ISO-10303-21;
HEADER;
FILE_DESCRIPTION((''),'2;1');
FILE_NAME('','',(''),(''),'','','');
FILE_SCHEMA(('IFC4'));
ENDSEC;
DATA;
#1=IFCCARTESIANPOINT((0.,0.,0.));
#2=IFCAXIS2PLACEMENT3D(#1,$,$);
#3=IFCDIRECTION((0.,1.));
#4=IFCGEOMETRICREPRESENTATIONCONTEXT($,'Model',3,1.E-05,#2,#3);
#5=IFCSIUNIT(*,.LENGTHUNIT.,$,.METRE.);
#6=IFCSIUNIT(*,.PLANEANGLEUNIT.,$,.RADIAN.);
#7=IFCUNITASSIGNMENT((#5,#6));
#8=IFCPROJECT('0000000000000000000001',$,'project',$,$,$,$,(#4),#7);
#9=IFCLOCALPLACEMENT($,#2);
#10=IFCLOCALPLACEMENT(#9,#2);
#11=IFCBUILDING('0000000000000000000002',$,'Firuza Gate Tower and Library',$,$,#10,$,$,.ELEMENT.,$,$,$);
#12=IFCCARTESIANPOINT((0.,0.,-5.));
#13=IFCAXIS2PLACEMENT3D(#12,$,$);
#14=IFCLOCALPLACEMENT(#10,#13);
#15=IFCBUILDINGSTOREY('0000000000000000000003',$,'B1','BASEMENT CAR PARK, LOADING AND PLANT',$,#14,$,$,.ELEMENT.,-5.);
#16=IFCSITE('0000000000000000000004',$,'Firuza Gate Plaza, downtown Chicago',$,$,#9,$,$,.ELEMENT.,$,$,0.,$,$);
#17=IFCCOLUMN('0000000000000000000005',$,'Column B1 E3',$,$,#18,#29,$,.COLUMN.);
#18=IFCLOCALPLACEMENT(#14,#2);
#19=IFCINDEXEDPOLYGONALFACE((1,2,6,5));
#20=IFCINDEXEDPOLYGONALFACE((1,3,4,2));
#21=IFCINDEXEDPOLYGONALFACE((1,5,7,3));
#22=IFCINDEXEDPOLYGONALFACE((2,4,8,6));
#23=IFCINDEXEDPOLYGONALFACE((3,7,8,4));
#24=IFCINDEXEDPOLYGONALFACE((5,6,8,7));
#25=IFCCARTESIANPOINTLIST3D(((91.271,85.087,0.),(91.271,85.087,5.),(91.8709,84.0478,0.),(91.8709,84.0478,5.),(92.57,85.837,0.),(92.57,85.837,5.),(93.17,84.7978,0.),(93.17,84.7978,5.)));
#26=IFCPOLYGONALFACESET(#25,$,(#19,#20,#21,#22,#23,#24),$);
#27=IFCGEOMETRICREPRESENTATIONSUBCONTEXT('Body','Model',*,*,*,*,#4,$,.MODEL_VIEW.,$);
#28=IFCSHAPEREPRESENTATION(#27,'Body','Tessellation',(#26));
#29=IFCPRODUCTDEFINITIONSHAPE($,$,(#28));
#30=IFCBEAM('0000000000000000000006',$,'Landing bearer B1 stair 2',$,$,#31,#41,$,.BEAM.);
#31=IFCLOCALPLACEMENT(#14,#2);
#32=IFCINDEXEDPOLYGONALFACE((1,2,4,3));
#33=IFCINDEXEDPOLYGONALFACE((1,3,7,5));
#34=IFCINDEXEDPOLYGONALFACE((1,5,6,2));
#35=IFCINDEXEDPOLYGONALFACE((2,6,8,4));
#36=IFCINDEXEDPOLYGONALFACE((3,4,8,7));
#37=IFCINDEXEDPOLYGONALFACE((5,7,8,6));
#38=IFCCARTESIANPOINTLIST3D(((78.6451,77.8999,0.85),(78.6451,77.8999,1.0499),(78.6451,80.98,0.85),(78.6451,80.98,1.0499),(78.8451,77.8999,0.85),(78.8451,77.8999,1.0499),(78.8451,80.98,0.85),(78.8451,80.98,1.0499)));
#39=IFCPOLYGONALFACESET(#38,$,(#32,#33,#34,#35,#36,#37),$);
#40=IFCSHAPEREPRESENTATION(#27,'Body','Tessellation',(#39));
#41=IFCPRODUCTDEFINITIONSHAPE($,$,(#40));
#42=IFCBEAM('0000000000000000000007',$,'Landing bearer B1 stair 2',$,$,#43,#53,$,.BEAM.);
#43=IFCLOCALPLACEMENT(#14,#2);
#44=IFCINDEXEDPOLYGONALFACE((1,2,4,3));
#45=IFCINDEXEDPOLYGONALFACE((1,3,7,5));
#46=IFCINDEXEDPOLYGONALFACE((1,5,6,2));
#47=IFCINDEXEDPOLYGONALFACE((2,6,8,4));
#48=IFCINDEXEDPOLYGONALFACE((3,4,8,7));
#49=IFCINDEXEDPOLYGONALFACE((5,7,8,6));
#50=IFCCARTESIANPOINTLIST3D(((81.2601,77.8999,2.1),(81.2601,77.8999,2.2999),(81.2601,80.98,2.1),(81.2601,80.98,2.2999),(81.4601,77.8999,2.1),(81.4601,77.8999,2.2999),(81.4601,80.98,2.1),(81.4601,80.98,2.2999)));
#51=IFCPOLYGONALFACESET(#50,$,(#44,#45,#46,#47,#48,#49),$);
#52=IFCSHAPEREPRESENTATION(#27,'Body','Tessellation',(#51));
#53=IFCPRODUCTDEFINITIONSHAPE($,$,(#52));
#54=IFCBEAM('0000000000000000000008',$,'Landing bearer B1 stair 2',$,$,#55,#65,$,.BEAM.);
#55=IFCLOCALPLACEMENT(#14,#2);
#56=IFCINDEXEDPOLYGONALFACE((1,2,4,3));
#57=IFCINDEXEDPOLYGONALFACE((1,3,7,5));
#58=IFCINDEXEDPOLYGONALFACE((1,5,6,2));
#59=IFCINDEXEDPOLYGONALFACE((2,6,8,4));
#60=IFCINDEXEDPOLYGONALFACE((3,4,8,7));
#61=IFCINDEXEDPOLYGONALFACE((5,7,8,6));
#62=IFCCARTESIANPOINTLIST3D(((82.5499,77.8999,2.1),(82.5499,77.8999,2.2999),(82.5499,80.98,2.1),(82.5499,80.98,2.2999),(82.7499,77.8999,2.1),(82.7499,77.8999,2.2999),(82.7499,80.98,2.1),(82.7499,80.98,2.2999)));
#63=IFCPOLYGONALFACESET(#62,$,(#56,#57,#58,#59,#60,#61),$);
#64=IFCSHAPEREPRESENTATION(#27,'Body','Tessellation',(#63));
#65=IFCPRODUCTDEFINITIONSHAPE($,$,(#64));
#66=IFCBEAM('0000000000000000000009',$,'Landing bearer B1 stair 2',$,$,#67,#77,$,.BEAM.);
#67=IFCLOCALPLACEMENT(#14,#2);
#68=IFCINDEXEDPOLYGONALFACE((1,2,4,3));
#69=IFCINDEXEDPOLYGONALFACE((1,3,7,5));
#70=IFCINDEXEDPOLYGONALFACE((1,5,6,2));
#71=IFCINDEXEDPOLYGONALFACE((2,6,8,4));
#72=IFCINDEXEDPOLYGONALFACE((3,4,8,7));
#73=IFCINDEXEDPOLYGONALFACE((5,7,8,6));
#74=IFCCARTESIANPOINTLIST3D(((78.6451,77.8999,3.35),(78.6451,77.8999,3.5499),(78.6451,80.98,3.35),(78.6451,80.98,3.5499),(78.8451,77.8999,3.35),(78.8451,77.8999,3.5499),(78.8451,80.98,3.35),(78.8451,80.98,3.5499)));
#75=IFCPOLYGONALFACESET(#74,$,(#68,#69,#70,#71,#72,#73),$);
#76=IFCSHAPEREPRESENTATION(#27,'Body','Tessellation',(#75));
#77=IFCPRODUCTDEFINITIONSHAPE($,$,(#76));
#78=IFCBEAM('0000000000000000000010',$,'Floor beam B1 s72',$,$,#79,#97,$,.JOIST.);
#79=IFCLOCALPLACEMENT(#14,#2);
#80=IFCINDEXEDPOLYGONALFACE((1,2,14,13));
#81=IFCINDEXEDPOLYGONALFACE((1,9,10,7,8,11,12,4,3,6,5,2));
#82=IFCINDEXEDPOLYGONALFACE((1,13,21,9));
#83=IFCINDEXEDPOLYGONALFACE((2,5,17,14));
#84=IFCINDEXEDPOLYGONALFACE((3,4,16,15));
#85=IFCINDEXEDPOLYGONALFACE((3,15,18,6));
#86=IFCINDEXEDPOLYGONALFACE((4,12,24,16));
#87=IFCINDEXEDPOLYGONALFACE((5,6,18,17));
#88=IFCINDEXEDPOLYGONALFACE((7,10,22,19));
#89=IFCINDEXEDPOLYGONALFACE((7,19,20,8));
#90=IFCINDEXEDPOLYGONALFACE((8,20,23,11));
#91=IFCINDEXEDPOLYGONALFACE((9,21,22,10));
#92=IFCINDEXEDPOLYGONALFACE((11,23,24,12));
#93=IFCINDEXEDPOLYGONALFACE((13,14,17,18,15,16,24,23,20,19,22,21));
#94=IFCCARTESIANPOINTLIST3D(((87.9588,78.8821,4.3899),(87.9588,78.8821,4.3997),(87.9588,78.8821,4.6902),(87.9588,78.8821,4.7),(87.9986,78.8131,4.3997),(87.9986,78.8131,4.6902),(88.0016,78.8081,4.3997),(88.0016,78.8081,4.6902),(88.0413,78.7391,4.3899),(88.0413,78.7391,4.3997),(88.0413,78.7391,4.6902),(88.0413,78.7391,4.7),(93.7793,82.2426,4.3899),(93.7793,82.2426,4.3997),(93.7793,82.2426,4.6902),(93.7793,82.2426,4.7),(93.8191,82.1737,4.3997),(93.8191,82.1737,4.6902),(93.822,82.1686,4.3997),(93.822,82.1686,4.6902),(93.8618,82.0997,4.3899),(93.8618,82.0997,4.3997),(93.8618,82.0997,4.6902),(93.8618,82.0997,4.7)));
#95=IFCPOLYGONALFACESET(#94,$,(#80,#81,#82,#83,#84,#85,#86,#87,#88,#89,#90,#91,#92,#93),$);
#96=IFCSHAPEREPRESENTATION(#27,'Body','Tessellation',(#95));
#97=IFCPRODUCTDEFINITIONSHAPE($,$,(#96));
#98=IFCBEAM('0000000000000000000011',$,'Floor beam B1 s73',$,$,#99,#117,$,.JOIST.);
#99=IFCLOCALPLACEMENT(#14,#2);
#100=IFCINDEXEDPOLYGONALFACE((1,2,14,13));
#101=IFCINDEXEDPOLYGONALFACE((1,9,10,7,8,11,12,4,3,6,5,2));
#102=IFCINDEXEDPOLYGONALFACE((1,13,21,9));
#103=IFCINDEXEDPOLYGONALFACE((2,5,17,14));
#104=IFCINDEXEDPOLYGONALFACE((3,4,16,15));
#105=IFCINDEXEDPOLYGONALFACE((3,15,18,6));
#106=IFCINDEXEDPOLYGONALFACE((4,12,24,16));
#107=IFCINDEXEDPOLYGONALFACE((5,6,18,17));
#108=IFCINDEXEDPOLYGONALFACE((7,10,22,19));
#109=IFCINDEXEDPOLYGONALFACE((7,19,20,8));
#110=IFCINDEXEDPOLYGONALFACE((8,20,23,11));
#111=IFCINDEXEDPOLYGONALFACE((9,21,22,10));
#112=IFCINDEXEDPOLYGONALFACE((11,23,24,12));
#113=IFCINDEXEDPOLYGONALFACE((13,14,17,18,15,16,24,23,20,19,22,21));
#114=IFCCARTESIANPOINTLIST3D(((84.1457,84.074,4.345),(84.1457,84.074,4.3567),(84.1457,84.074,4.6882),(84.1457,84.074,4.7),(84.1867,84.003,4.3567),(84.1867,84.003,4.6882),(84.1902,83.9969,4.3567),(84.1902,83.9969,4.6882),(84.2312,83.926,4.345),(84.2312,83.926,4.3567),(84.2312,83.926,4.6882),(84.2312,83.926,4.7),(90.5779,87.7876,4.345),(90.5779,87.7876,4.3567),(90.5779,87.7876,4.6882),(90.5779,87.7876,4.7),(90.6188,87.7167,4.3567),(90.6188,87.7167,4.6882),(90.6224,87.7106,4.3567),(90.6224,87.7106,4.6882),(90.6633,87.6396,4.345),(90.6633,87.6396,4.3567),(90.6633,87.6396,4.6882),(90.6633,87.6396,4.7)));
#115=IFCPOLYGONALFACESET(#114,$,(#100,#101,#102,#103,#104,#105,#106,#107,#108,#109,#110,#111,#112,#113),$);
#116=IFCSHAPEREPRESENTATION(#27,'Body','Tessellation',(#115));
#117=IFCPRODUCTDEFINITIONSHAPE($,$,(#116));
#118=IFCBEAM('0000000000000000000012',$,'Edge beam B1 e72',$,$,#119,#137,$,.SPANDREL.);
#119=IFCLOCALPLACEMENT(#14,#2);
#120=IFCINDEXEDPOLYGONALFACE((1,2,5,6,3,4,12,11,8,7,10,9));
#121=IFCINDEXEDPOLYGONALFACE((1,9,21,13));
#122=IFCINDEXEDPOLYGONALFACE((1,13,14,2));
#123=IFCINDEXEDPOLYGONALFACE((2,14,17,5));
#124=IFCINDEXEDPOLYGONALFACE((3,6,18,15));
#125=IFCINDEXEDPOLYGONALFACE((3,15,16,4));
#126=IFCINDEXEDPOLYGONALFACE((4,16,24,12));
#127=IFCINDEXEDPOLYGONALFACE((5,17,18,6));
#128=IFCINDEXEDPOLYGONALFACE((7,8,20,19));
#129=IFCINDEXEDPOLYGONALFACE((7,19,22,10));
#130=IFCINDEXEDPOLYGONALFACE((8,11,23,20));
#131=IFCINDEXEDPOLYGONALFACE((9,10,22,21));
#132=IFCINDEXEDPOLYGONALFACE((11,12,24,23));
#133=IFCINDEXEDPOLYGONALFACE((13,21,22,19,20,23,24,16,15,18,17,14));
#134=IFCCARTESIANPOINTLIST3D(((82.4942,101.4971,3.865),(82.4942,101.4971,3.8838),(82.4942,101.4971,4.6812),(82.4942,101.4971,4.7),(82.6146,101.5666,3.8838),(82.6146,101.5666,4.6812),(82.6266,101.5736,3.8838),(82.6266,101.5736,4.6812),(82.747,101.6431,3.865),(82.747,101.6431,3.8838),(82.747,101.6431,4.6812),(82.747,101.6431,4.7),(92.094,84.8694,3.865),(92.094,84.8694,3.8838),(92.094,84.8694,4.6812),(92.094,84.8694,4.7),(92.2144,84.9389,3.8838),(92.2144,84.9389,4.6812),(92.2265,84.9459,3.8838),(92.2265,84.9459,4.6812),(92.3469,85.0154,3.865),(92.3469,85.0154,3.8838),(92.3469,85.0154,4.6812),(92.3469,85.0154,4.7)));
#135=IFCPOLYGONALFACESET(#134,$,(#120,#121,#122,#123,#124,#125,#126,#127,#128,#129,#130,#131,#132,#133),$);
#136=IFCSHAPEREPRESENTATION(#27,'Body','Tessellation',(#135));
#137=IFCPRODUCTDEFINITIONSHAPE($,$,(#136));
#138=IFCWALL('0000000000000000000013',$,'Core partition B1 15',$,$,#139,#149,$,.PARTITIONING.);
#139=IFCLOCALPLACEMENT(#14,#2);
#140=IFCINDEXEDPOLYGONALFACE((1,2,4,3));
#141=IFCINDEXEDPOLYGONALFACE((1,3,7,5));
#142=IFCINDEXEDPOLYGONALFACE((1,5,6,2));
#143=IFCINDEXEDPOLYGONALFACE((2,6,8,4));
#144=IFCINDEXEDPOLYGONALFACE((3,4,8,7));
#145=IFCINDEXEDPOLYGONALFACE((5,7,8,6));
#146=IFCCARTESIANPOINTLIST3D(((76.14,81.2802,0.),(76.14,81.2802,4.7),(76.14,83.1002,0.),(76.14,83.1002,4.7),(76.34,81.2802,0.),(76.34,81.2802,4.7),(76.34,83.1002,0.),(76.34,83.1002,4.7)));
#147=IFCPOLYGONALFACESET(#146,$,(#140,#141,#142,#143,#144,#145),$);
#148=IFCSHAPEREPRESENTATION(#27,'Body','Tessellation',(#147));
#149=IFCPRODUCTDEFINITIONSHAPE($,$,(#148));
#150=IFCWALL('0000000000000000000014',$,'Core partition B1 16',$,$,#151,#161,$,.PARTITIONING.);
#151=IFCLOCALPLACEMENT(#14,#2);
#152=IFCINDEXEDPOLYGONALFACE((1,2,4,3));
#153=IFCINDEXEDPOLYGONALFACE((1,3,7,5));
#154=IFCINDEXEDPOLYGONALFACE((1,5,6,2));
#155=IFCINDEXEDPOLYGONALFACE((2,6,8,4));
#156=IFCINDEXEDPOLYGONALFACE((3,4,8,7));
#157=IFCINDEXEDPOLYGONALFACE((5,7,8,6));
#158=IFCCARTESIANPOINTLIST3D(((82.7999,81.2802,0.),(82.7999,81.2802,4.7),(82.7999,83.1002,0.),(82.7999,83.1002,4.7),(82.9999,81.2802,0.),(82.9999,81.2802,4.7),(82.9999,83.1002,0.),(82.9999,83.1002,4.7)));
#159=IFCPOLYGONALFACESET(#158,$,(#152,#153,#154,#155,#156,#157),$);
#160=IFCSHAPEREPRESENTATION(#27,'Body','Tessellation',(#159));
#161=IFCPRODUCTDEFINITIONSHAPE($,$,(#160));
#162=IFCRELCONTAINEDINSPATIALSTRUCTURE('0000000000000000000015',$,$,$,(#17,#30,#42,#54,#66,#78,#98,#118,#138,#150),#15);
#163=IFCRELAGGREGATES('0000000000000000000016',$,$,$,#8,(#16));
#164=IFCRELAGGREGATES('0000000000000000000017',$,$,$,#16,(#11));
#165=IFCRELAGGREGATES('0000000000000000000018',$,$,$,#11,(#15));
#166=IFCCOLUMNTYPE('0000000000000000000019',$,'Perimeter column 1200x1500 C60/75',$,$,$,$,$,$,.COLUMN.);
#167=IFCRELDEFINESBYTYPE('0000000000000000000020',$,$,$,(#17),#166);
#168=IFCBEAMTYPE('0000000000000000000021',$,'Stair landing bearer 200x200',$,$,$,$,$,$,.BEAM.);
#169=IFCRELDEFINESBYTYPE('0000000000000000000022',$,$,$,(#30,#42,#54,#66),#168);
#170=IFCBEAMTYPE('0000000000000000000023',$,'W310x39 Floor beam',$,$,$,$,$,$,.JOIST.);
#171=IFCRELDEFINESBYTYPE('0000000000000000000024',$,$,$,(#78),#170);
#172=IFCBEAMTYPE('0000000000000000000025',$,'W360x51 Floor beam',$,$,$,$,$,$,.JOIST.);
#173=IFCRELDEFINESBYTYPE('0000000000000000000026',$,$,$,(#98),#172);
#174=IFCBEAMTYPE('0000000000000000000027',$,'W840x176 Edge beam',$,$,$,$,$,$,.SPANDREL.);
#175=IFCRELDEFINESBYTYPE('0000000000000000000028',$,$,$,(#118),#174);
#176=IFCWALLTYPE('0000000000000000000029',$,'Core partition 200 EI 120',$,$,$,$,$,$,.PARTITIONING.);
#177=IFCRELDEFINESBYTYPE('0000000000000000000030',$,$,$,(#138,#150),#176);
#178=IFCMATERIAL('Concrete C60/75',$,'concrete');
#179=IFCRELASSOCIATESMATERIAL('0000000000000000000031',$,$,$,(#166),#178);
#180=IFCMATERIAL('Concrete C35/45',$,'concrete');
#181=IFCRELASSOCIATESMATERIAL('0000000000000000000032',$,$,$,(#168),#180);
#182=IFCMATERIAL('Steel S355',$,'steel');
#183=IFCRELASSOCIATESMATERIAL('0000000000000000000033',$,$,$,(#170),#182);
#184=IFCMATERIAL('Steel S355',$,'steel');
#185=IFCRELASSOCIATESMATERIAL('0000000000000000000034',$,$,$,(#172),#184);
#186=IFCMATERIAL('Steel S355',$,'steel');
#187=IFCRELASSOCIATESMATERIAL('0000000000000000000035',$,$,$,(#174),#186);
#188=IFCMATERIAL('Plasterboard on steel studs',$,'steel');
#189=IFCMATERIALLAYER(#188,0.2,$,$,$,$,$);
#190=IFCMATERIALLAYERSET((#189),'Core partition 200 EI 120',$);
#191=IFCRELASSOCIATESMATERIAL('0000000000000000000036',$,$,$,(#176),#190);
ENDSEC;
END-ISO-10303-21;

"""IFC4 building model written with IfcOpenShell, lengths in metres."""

from ifc_helpers import new_model, si_unit, direction, frame, frame_2d, origin, origin_2d, place, context, subcontext, project, spatial, rectangle, i_section, extrude, material, layer, layer_set, material_profile, profile_set, type_object, element, save


model = new_model("IFC4")

# Units and contexts
model_context = context("Model", 3, precision=1e-05, world=origin(), true_north=direction((0.0, 1.0)))
body_context = subcontext(model_context, "Body", "Model", "MODEL_VIEW")
ifc_project = project(units=[si_unit("LENGTHUNIT", "METRE"), si_unit("PLANEANGLEUNIT", "RADIAN")], contexts=[model_context])

# Site, building, storey
site_placement = place(None, origin())
site = spatial("IfcSite", under=ifc_project, at=site_placement, Name="Firuza Gate Plaza, downtown Chicago", CompositionType="ELEMENT", RefElevation=0.0)
building_placement = place(site_placement, origin())
building = spatial("IfcBuilding", under=site, at=building_placement, Name="Firuza Gate Tower and Library", CompositionType="ELEMENT")
storey_placement = place(building_placement, frame((0.0, 0.0, -5.0)))
storey = spatial("IfcBuildingStorey", under=building, at=storey_placement, Name="B1", Description="BASEMENT CAR PARK, LOADING AND PLANT", CompositionType="ELEMENT", Elevation=-5.0)

# Column
ifc_material_1 = material(Name="Concrete C60/75", Category="concrete")
ifc_material_profile_1 = material_profile(ifc_material_1, rectangle(XDim=1.2, YDim=1.5, at=origin_2d()))
ifc_profile_set_1 = profile_set([ifc_material_profile_1], Name="Concrete C60/75")
column_type = type_object("IfcColumnType", Name="Perimeter column 1200x1500 C60/75", PredefinedType="COLUMN", material=ifc_profile_set_1)
column_placement = place(storey_placement, frame((92.2205, 84.9424, 0.0), z_axis=(0.0, 0.0, 1.0), x_axis=(-0.5, 0.866025, 0.0)))
element("IfcColumn", 1, at=column_placement, inside=storey, type_object=column_type, Name="Column B1 E3", PredefinedType="COLUMN", context=body_context, shape_type="SweptSolid", body=[
    extrude(rectangle(XDim=1.2, YDim=1.5, at=origin_2d()), origin(), (0.0, 0.0, 1.0), 5.0),
])

# Beams
ifc_material_2 = material(Name="Concrete C35/45", Category="concrete")
ifc_material_profile_2 = material_profile(ifc_material_2, rectangle(XDim=0.2, YDim=0.2, at=origin_2d()))
ifc_profile_set_2 = profile_set([ifc_material_profile_2], Name="Concrete C35/45")
beam_type_1 = type_object("IfcBeamType", Name="Stair landing bearer 200x200", PredefinedType="BEAM", material=ifc_profile_set_2)
for number, where, z_axis, x_axis, name in (
    (2, (78.7451, 80.98, 0.95), (0.0, -1.0, 0.0), (1.0, 0.0, 0.0), "Landing bearer B1 stair 2"),
    (3, (81.3601, 80.98, 2.2), (0.0, -1.0, 0.0), (1.0, 0.0, 0.0), "Landing bearer B1 stair 2"),
    (4, (82.6499, 80.98, 2.2), (0.0, -1.0, 0.0), (1.0, 0.0, 0.0), "Landing bearer B1 stair 2"),
    (5, (78.7451, 80.98, 3.45), (0.0, -1.0, 0.0), (1.0, 0.0, 0.0), "Landing bearer B1 stair 2"),
):
    element("IfcBeam", number, at=place(storey_placement, frame(where, z_axis=z_axis, x_axis=x_axis)), inside=storey, type_object=beam_type_1, Name=name, PredefinedType="BEAM", context=body_context, shape_type="SweptSolid", body=[
        extrude(rectangle(XDim=0.2, YDim=0.2, at=origin_2d()), origin(), (0.0, 0.0, 1.0), 3.0801),
    ])
ifc_material_3 = material(Name="Steel S355", Category="steel")
ifc_material_profile_3 = material_profile(ifc_material_3, i_section(OverallWidth=0.165, OverallDepth=0.3101, WebThickness=0.0059, FlangeThickness=0.0098, at=origin_2d()))
ifc_profile_set_3 = profile_set([ifc_material_profile_3], Name="Steel S355")
beam_type_2 = type_object("IfcBeamType", Name="W310x39 Floor beam", PredefinedType="JOIST", material=ifc_profile_set_3)
beam_1_placement = place(storey_placement, frame((93.8206, 82.1711, 4.5449), z_axis=(-0.866019, -0.500011, 0.0), x_axis=(0.500011, -0.866019, 0.0)))
element("IfcBeam", 6, at=beam_1_placement, inside=storey, type_object=beam_type_2, Name="Floor beam B1 s72", PredefinedType="JOIST", context=body_context, shape_type="SweptSolid", body=[
    extrude(i_section(OverallWidth=0.165, OverallDepth=0.3101, WebThickness=0.0059, FlangeThickness=0.0098, at=origin_2d()), origin(), (0.0, 0.0, 1.0), 6.7209),
])
ifc_material_4 = material(Name="Steel S355", Category="steel")
ifc_material_profile_4 = material_profile(ifc_material_4, i_section(OverallWidth=0.1709, OverallDepth=0.355, WebThickness=0.0071, FlangeThickness=0.0117, at=origin_2d()))
ifc_profile_set_4 = profile_set([ifc_material_profile_4], Name="Steel S355")
beam_type_3 = type_object("IfcBeamType", Name="W360x51 Floor beam", PredefinedType="JOIST", material=ifc_profile_set_4)
beam_2_placement = place(storey_placement, frame((90.6206, 87.7136, 4.5225), z_axis=(-0.866024, -0.500003, 0.0), x_axis=(0.500003, -0.866024, 0.0)))
element("IfcBeam", 7, at=beam_2_placement, inside=storey, type_object=beam_type_3, Name="Floor beam B1 s73", PredefinedType="JOIST", context=body_context, shape_type="SweptSolid", body=[
    extrude(i_section(OverallWidth=0.1709, OverallDepth=0.355, WebThickness=0.0071, FlangeThickness=0.0117, at=origin_2d()), origin(), (0.0, 0.0, 1.0), 7.4272),
])
ifc_material_5 = material(Name="Steel S355", Category="steel")
ifc_material_profile_5 = material_profile(ifc_material_5, i_section(OverallWidth=0.292, OverallDepth=0.835, WebThickness=0.0139, FlangeThickness=0.0188, at=origin_2d()))
ifc_profile_set_5 = profile_set([ifc_material_profile_5], Name="Steel S355")
beam_type_4 = type_object("IfcBeamType", Name="W840x176 Edge beam", PredefinedType="SPANDREL", material=ifc_profile_set_5)
beam_3_placement = place(storey_placement, frame((92.2205, 84.9424, 4.2825), z_axis=(-0.499994, 0.866029, 0.0), x_axis=(-0.866029, -0.499994, 0.0)))
element("IfcBeam", 8, at=beam_3_placement, inside=storey, type_object=beam_type_4, Name="Edge beam B1 e72", PredefinedType="SPANDREL", context=body_context, shape_type="SweptSolid", body=[
    extrude(i_section(OverallWidth=0.292, OverallDepth=0.835, WebThickness=0.0139, FlangeThickness=0.0188, at=origin_2d()), origin(), (0.0, 0.0, 1.0), 19.2),
])

# Walls
ifc_material_6 = material(Name="Plasterboard on steel studs", Category="steel")
ifc_layer_1 = layer(ifc_material_6, 0.2)
ifc_layer_set_1 = layer_set([ifc_layer_1], Name="Core partition 200 EI 120")
wall_type_1 = type_object("IfcWallType", Name="Core partition 200 EI 120", PredefinedType="PARTITIONING", material=ifc_layer_set_1)
for number, where, z_axis, x_axis, name in (
    (9, (76.24, 81.28, 0.0), (0.0, 0.0, 1.0), (0.0, 1.0, 0.0), "Core partition B1 15"),
    (10, (82.8999, 81.28, 0.0), (0.0, 0.0, 1.0), (0.0, 1.0, 0.0), "Core partition B1 16"),
):
    element("IfcWall", number, at=place(storey_placement, frame(where, z_axis=z_axis, x_axis=x_axis)), inside=storey, type_object=wall_type_1, Name=name, PredefinedType="PARTITIONING", context=body_context, shape_type="SweptSolid", body=[
        extrude(rectangle(XDim=1.8201, YDim=0.2, at=frame_2d((0.9102, 0.0))), origin(), (0.0, 0.0, 1.0), 4.7),
    ])

save(model, "model.ifc")
